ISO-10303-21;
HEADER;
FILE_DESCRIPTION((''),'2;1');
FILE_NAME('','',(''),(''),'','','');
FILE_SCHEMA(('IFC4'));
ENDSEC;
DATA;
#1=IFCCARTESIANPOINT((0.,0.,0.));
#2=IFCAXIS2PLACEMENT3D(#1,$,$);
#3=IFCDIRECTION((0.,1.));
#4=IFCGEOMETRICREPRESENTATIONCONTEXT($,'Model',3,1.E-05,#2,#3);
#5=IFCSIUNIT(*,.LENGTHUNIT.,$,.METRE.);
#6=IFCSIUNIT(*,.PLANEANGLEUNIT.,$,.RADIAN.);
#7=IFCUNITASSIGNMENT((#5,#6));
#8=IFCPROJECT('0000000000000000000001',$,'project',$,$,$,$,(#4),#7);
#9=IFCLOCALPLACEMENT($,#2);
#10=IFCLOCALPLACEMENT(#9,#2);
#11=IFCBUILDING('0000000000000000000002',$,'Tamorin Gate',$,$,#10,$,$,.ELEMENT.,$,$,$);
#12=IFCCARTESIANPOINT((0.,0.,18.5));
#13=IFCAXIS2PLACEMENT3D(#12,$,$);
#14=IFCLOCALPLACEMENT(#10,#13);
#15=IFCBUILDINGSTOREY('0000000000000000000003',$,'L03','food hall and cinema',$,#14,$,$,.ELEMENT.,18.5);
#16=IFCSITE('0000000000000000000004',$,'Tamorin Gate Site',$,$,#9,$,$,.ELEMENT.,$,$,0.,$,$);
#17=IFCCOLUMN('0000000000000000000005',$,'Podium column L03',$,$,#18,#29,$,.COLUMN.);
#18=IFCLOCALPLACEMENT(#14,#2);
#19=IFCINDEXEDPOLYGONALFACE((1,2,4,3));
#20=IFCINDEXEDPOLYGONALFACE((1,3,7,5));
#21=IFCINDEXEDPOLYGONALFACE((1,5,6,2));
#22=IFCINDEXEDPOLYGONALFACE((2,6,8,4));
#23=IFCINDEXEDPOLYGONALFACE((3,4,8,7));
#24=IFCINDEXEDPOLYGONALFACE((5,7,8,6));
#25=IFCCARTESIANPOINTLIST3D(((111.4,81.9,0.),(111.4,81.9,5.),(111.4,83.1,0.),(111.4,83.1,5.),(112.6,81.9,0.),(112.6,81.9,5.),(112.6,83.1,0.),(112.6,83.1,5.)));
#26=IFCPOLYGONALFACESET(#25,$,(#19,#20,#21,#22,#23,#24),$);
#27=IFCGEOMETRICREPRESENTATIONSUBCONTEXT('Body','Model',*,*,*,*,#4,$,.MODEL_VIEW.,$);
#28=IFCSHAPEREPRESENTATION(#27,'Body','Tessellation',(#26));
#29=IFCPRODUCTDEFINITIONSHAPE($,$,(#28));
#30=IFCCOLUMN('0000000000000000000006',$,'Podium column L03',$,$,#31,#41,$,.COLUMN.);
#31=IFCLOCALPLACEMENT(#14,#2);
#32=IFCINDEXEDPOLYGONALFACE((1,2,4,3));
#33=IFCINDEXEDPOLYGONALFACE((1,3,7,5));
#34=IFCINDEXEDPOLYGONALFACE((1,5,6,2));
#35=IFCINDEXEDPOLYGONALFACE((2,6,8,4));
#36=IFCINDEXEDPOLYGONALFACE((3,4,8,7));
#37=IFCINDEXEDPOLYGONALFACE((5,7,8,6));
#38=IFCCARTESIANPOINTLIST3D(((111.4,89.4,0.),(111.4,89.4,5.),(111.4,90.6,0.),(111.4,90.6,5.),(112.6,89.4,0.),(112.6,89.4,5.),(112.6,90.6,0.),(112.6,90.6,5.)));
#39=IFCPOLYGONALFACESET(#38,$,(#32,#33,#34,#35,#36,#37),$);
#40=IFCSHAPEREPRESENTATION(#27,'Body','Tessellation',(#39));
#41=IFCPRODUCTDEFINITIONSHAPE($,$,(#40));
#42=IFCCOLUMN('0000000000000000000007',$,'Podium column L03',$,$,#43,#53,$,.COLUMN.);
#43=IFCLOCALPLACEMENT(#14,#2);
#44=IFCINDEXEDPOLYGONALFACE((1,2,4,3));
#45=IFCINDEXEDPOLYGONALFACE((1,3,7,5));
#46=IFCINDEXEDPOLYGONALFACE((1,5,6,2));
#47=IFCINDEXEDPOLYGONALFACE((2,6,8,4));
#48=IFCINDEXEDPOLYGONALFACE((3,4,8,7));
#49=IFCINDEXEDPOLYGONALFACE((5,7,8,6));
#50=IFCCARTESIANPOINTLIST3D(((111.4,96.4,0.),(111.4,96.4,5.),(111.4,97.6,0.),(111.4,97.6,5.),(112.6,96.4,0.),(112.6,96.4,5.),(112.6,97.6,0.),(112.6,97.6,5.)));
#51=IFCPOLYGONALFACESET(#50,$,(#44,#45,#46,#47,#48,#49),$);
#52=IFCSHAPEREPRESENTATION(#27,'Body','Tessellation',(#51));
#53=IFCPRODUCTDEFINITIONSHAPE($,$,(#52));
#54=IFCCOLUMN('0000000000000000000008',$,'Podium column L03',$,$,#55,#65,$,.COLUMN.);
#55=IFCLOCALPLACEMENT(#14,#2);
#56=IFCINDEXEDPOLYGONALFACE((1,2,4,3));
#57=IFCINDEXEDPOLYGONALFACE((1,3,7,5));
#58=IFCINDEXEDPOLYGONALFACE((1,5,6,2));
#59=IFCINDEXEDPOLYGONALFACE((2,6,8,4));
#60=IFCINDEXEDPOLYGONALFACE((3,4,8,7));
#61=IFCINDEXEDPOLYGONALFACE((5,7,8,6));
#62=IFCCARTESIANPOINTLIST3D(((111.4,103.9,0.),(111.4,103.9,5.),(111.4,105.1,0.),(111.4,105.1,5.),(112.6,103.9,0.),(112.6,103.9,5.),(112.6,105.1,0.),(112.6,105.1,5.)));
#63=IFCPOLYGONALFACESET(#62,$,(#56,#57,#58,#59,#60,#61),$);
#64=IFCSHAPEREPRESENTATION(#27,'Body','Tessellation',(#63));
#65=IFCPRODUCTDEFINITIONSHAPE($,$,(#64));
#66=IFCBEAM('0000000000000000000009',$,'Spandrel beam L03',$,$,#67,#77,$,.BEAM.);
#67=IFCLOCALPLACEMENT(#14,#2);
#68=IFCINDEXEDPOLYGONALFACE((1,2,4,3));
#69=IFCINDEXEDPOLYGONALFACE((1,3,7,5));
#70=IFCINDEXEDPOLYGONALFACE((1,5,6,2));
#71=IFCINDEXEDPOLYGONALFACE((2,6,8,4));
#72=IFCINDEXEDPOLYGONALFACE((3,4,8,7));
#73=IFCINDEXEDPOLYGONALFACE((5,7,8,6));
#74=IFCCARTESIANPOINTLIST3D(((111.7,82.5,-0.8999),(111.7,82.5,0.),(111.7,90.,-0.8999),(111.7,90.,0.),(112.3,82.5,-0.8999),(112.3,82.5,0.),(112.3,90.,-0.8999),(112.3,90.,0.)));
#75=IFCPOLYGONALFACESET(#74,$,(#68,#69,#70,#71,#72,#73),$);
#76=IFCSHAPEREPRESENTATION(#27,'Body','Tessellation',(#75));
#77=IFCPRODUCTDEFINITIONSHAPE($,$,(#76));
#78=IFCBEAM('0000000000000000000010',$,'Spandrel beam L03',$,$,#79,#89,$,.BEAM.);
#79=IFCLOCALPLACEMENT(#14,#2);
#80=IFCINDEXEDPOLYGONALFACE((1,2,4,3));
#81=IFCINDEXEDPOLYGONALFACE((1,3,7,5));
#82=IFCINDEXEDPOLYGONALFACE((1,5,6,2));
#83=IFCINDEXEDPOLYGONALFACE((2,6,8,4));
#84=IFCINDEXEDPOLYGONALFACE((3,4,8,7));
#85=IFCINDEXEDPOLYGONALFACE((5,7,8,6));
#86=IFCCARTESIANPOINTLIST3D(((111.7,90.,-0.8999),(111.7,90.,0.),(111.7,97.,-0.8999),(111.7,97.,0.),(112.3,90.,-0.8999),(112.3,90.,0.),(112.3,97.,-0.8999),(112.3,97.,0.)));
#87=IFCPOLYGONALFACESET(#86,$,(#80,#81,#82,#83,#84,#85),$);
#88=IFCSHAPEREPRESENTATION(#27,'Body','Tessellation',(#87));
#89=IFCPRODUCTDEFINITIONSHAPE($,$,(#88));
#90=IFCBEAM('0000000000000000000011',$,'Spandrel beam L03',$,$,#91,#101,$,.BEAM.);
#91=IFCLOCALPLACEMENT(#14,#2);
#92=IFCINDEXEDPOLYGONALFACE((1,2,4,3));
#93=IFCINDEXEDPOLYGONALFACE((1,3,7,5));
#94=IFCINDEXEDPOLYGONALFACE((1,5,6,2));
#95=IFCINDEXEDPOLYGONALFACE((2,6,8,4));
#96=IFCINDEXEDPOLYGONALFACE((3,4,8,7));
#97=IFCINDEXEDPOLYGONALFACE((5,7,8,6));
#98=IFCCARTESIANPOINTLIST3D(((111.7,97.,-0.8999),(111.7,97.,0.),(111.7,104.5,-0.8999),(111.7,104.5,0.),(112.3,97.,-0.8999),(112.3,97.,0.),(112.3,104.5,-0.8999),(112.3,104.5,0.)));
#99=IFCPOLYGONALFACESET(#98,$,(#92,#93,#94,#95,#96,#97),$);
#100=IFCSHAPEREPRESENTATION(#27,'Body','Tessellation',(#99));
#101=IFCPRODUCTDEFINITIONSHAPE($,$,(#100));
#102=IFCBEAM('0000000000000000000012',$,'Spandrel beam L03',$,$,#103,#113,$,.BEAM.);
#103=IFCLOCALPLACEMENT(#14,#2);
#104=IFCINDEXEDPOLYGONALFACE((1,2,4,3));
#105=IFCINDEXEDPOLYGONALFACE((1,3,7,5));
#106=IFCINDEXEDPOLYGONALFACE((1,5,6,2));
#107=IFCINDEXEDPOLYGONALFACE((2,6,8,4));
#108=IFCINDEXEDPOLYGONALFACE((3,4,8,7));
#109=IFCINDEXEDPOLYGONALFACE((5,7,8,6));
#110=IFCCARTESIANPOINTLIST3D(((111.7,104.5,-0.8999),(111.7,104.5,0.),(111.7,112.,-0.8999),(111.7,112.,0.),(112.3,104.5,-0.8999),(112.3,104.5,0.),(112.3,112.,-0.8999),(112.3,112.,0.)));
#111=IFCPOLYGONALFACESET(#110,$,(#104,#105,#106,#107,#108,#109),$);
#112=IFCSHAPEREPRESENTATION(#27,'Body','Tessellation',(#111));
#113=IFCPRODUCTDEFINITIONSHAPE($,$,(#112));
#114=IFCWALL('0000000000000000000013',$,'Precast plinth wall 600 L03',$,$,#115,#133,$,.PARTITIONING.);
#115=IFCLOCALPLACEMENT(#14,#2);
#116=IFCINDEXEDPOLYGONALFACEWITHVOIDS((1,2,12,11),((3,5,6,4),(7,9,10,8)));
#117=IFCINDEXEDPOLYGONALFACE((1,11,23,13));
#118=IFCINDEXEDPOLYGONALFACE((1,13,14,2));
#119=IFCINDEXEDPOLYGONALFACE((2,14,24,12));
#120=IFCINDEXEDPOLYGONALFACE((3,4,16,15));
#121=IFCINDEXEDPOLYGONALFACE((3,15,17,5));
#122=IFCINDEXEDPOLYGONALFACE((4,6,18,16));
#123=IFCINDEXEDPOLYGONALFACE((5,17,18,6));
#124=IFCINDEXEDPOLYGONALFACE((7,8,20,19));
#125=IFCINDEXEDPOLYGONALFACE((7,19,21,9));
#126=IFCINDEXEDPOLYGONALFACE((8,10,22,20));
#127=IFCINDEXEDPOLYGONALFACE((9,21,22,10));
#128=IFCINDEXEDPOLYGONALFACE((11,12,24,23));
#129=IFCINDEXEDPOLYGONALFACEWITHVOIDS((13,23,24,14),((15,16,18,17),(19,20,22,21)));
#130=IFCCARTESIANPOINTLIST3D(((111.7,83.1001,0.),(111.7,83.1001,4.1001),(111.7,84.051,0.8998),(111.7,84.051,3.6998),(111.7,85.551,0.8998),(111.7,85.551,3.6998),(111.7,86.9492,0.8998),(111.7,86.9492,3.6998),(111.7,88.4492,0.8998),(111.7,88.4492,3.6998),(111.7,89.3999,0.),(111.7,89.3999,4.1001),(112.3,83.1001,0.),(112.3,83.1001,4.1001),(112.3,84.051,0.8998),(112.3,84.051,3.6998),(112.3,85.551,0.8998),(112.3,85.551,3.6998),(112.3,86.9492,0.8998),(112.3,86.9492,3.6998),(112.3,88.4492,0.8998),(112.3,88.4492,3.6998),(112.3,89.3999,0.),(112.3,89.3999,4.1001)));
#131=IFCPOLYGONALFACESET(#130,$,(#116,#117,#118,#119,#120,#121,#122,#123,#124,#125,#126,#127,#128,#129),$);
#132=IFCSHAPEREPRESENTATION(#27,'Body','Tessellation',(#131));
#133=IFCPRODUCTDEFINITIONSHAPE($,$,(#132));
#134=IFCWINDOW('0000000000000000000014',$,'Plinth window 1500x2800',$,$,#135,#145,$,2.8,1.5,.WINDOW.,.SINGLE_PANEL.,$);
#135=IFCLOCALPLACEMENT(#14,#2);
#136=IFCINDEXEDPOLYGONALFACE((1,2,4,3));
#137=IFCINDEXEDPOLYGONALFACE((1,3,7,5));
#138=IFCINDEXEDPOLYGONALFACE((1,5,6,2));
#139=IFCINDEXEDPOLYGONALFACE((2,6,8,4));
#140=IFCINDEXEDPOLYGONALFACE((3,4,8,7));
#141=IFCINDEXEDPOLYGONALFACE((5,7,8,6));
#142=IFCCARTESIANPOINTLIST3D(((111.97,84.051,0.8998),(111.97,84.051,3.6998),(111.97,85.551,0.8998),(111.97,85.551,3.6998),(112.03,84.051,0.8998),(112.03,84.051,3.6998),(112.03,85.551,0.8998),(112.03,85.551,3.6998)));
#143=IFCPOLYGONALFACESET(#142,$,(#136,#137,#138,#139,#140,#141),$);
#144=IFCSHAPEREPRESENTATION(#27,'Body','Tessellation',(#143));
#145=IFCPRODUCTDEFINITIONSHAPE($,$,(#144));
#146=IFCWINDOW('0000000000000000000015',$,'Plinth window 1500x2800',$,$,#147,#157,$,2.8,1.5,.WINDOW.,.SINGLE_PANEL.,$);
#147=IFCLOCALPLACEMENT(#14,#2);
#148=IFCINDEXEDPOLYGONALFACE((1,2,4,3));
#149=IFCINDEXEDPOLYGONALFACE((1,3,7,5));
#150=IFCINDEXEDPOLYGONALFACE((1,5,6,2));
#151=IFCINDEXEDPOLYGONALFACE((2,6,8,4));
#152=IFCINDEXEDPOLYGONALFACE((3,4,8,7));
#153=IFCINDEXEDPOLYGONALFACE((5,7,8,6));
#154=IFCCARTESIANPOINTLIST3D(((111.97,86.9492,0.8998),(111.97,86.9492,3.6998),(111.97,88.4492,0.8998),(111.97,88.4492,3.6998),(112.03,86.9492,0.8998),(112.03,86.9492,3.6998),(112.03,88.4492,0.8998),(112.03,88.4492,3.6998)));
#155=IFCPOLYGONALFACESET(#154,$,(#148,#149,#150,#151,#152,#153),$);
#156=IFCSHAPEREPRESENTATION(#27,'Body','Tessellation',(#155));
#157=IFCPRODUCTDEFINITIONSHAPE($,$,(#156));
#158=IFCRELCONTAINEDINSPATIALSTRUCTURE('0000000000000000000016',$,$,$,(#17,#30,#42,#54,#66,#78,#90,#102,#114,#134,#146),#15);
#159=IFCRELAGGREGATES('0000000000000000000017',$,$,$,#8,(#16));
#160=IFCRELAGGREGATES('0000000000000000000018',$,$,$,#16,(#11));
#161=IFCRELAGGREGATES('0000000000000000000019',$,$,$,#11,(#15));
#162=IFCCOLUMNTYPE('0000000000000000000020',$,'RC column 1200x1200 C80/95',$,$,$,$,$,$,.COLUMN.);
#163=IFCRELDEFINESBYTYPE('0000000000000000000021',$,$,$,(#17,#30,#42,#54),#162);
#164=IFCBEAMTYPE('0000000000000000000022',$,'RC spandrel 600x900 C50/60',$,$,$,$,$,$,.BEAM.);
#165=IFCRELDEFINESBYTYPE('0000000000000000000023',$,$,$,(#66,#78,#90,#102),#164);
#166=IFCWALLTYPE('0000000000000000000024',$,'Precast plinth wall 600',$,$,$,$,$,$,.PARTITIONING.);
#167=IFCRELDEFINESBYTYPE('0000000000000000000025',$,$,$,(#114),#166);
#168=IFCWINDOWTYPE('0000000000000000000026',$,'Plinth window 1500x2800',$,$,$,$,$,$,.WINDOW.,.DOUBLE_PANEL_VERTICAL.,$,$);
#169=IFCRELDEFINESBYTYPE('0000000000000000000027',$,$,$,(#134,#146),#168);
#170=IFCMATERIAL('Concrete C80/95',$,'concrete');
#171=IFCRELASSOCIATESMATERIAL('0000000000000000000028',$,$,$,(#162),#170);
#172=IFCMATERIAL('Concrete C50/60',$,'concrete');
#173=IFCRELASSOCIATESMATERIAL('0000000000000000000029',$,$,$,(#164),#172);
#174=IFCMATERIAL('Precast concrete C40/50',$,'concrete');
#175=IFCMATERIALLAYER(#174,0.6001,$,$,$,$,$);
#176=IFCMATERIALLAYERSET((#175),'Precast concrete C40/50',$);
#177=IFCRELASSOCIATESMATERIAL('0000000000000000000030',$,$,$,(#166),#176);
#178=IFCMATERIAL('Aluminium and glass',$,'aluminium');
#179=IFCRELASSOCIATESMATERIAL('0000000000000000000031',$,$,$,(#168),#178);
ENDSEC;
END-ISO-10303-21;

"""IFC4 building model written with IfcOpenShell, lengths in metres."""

from ifc_helpers import new_model, si_unit, direction, frame, frame_2d, origin, origin_2d, place, context, subcontext, project, spatial, rectangle, extrude, material, layer, layer_set, material_profile, profile_set, type_object, element, fill, save


model = new_model("IFC4")

# Units and contexts
model_context = context("Model", 3, precision=1e-05, world=origin(), true_north=direction((0.0, 1.0)))
body_context = subcontext(model_context, "Body", "Model", "MODEL_VIEW")
ifc_project = project(units=[si_unit("LENGTHUNIT", "METRE"), si_unit("PLANEANGLEUNIT", "RADIAN")], contexts=[model_context])

# Site, building, storey
site_placement = place(None, origin())
site = spatial("IfcSite", under=ifc_project, at=site_placement, Name="Tamorin Gate Site", CompositionType="ELEMENT", RefElevation=0.0)
building_placement = place(site_placement, origin())
building = spatial("IfcBuilding", under=site, at=building_placement, Name="Tamorin Gate", CompositionType="ELEMENT")
storey_placement = place(building_placement, frame((0.0, 0.0, 18.5)))
storey = spatial("IfcBuildingStorey", under=building, at=storey_placement, Name="L03", Description="food hall and cinema", CompositionType="ELEMENT", Elevation=18.5)

# Columns
ifc_material_1 = material(Name="Concrete C80/95", Category="concrete")
ifc_material_profile_1 = material_profile(ifc_material_1, rectangle(XDim=1.2, YDim=1.2, at=origin_2d()), Name="RC 1200x1200")
ifc_profile_set_1 = profile_set([ifc_material_profile_1], Name="Concrete C80/95")
column_type = type_object("IfcColumnType", Name="RC column 1200x1200 C80/95", PredefinedType="COLUMN", material=ifc_profile_set_1)
for number, where, z_axis, x_axis, name in (
    (1, (112.0, 82.5, 0.0), (0.0, 0.0, 1.0), (1.0, 0.0, 0.0), "Podium column L03"),
    (2, (112.0, 90.0, 0.0), (0.0, 0.0, 1.0), (1.0, 0.0, 0.0), "Podium column L03"),
    (3, (112.0, 97.0, 0.0), (0.0, 0.0, 1.0), (1.0, 0.0, 0.0), "Podium column L03"),
    (4, (112.0, 104.5, 0.0), (0.0, 0.0, 1.0), (1.0, 0.0, 0.0), "Podium column L03"),
):
    element("IfcColumn", number, at=place(storey_placement, frame(where, z_axis=z_axis, x_axis=x_axis)), inside=storey, type_object=column_type, Name=name, PredefinedType="COLUMN", context=body_context, shape_type="SweptSolid", body=[
        extrude(rectangle(XDim=1.2, YDim=1.2, at=origin_2d()), origin(), (0.0, 0.0, 1.0), 5.0),
    ])

# Beams
ifc_material_2 = material(Name="Concrete C50/60", Category="concrete")
ifc_material_profile_2 = material_profile(ifc_material_2, rectangle(XDim=0.6001, YDim=0.8999, at=origin_2d()), Name="RC 600x900")
ifc_profile_set_2 = profile_set([ifc_material_profile_2], Name="Concrete C50/60")
beam_type = type_object("IfcBeamType", Name="RC spandrel 600x900 C50/60", PredefinedType="BEAM", material=ifc_profile_set_2)
beam_1_placement = place(storey_placement, frame((112.0, 82.5, -0.45), z_axis=(0.0, 1.0, 0.0), x_axis=(-1.0, 0.0, 0.0)))
element("IfcBeam", 5, at=beam_1_placement, inside=storey, type_object=beam_type, Name="Spandrel beam L03", PredefinedType="BEAM", context=body_context, shape_type="SweptSolid", body=[
    extrude(rectangle(XDim=0.6001, YDim=0.8999, at=origin_2d()), origin(), (0.0, 0.0, 1.0), 7.5),
])
beam_2_placement = place(storey_placement, frame((112.0, 90.0, -0.45), z_axis=(0.0, 1.0, 0.0), x_axis=(-1.0, 0.0, 0.0)))
element("IfcBeam", 6, at=beam_2_placement, inside=storey, type_object=beam_type, Name="Spandrel beam L03", PredefinedType="BEAM", context=body_context, shape_type="SweptSolid", body=[
    extrude(rectangle(XDim=0.6001, YDim=0.8999, at=origin_2d()), origin(), (0.0, 0.0, 1.0), 7.0),
])
for number, where, z_axis, x_axis, name in (
    (7, (112.0, 97.0, -0.45), (0.0, 1.0, 0.0), (-1.0, 0.0, 0.0), "Spandrel beam L03"),
    (8, (112.0, 104.5, -0.45), (0.0, 1.0, 0.0), (-1.0, 0.0, 0.0), "Spandrel beam L03"),
):
    element("IfcBeam", number, at=place(storey_placement, frame(where, z_axis=z_axis, x_axis=x_axis)), inside=storey, type_object=beam_type, Name=name, PredefinedType="BEAM", context=body_context, shape_type="SweptSolid", body=[
        extrude(rectangle(XDim=0.6001, YDim=0.8999, at=origin_2d()), origin(), (0.0, 0.0, 1.0), 7.5),
    ])

# Wall, openings, windows
ifc_material_3 = material(Name="Precast concrete C40/50", Category="concrete")
ifc_layer = layer(ifc_material_3, 0.6001)
ifc_layer_set = layer_set([ifc_layer], Name="Precast concrete C40/50")
wall_type = type_object("IfcWallType", Name="Precast plinth wall 600", PredefinedType="PARTITIONING", material=ifc_layer_set)
wall_1_placement = place(storey_placement, frame((112.0, 83.1001, 0.0), z_axis=(0.0, 0.0, 1.0), x_axis=(0.0, 1.0, 0.0)))
wall_1 = element("IfcWall", 9, at=wall_1_placement, inside=storey, type_object=wall_type, Name="Precast plinth wall 600 L03", PredefinedType="PARTITIONING", context=body_context, shape_type="SweptSolid", body=[
    extrude(rectangle(XDim=6.2998, YDim=0.6001, at=frame_2d((3.1499, 0.0))), origin(), (0.0, 0.0, 1.0), 4.1001),
])
opening_1_placement = place(wall_1_placement, frame((0.9509, 0.0, 0.8999)))
opening_1 = element("IfcOpeningElement", 10, at=opening_1_placement, cuts=wall_1, PredefinedType="OPENING", context=body_context, shape_type="SweptSolid", body=[
    extrude(rectangle(XDim=1.5, YDim=2.8, at=frame_2d((0.75, 1.3999))), frame((0.0, 0.3101, 0.0), z_axis=(0.0, -1.0, 0.0), x_axis=(1.0, 0.0, 0.0)), (0.0, 0.0, 1.0), 0.6201),
])
opening_2_placement = place(wall_1_placement, frame((3.8491, 0.0, 0.8999)))
opening_2 = element("IfcOpeningElement", 11, at=opening_2_placement, cuts=wall_1, PredefinedType="OPENING", context=body_context, shape_type="SweptSolid", body=[
    extrude(rectangle(XDim=1.5, YDim=2.8, at=frame_2d((0.75, 1.3999))), frame((0.0, 0.3101, 0.0), z_axis=(0.0, -1.0, 0.0), x_axis=(1.0, 0.0, 0.0)), (0.0, 0.0, 1.0), 0.6201),
])
ifc_material_4 = material(Name="Aluminium and glass", Category="aluminium")
window_type = type_object("IfcWindowType", Name="Plinth window 1500x2800", PartitioningType="DOUBLE_PANEL_VERTICAL", PredefinedType="WINDOW", material=ifc_material_4)
window_1_placement = place(opening_1_placement, origin())
window_1 = element("IfcWindow", 12, at=window_1_placement, inside=storey, type_object=window_type, Name="Plinth window 1500x2800", OverallHeight=2.8, OverallWidth=1.5, PartitioningType="SINGLE_PANEL", PredefinedType="WINDOW", context=body_context, shape_type="SweptSolid", body=[
    extrude(rectangle(XDim=1.5, YDim=2.8, at=frame_2d((0.75, 1.3999))), frame((0.0, 0.03, 0.0), z_axis=(0.0, -1.0, 0.0), x_axis=(1.0, 0.0, 0.0)), (0.0, 0.0, 1.0), 0.0601),
])
fill(opening_1, window_1)
window_2_placement = place(opening_2_placement, origin())
window_2 = element("IfcWindow", 13, at=window_2_placement, inside=storey, type_object=window_type, Name="Plinth window 1500x2800", OverallHeight=2.8, OverallWidth=1.5, PartitioningType="SINGLE_PANEL", PredefinedType="WINDOW", context=body_context, shape_type="SweptSolid", body=[
    extrude(rectangle(XDim=1.5, YDim=2.8, at=frame_2d((0.75, 1.3999))), frame((0.0, 0.03, 0.0), z_axis=(0.0, -1.0, 0.0), x_axis=(1.0, 0.0, 0.0)), (0.0, 0.0, 1.0), 0.0601),
])
fill(opening_2, window_2)

save(model, "model.ifc")
